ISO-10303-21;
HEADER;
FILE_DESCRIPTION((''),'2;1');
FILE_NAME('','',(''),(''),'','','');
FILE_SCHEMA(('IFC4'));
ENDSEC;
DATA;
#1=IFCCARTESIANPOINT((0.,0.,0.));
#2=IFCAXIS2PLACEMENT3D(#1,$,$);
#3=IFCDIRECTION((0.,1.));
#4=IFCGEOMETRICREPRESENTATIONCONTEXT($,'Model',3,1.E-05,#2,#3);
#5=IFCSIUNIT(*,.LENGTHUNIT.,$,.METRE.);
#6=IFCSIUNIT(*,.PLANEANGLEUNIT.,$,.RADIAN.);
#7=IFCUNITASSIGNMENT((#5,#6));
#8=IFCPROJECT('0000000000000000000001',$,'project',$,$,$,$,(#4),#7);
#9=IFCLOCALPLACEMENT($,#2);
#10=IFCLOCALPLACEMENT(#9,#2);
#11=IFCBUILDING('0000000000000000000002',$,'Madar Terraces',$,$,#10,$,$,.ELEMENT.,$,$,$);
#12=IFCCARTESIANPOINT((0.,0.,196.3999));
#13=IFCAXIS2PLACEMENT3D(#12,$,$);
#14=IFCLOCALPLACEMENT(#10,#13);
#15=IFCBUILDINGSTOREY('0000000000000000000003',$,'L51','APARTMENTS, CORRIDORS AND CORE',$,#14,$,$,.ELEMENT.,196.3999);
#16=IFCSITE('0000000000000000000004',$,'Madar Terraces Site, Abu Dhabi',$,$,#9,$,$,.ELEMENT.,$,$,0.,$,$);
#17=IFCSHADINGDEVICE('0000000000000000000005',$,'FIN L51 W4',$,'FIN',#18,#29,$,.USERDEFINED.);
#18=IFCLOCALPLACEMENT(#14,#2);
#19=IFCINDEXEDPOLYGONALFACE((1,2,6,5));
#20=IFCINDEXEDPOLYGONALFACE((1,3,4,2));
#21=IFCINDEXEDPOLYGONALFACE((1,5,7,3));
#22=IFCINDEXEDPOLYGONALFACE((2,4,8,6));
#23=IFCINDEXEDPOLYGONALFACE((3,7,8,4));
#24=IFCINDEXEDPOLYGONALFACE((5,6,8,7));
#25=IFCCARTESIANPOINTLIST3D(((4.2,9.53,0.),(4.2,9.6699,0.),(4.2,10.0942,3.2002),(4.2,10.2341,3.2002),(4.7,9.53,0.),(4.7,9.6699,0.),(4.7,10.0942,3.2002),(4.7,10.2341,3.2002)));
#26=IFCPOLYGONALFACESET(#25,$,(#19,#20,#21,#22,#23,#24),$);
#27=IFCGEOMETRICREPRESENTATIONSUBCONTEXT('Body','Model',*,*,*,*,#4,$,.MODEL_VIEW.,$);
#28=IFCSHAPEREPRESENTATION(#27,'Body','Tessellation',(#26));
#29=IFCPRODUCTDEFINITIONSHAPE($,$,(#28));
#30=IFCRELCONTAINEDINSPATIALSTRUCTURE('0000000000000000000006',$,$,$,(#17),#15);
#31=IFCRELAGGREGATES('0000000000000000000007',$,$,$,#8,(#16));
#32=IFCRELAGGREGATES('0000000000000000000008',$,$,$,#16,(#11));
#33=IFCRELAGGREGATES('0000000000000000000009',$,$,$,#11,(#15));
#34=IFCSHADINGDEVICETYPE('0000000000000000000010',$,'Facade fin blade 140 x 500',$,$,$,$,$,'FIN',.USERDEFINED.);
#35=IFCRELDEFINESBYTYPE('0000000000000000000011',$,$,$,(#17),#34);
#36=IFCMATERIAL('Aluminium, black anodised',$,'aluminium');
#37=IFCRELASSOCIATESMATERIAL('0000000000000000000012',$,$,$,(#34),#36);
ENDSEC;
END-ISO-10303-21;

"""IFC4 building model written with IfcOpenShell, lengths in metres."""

from ifc_helpers import new_model, si_unit, direction, frame, origin, place, context, subcontext, project, spatial, polyline, outline, extrude, material, type_object, element, save


model = new_model("IFC4")

# Units and contexts
model_context = context("Model", 3, precision=1e-05, world=origin(), true_north=direction((0.0, 1.0)))
body_context = subcontext(model_context, "Body", "Model", "MODEL_VIEW")
ifc_project = project(units=[si_unit("LENGTHUNIT", "METRE"), si_unit("PLANEANGLEUNIT", "RADIAN")], contexts=[model_context])

# Site, building, storey
site_placement = place(None, origin())
site = spatial("IfcSite", under=ifc_project, at=site_placement, Name="Madar Terraces Site, Abu Dhabi", CompositionType="ELEMENT", RefElevation=0.0)
building_placement = place(site_placement, origin())
building = spatial("IfcBuilding", under=site, at=building_placement, Name="Madar Terraces", CompositionType="ELEMENT")
storey_placement = place(building_placement, frame((0.0, 0.0, 196.3999)))
storey = spatial("IfcBuildingStorey", under=building, at=storey_placement, Name="L51", Description="APARTMENTS, CORRIDORS AND CORE", CompositionType="ELEMENT", Elevation=196.3999)

# Shading device
ifc_material_1 = material(Name="Aluminium, black anodised", Category="aluminium")
shading_device_type = type_object("IfcShadingDeviceType", Name="Facade fin blade 140 x 500", ElementType="FIN", PredefinedType="USERDEFINED", material=ifc_material_1)
shading_device_placement = place(storey_placement, frame((4.45, 9.6699, 0.0), z_axis=(0.0, 0.0, 1.0), x_axis=(0.0, -1.0, 0.0)))
element("IfcShadingDevice", 1, at=shading_device_placement, inside=storey, type_object=shading_device_type, Name="FIN L51 W4", ObjectType="FIN", PredefinedType="USERDEFINED", context=body_context, shape_type="SweptSolid", body=[
    extrude(outline(polyline([(0.0, 0.0), (0.1399, 0.0), (-0.4243, 3.2002), (-0.5642, 3.2002), (0.0, 0.0)])), frame((0.0, 0.25, 0.0), z_axis=(0.0, -1.0, 0.0), x_axis=(1.0, 0.0, 0.0)), (0.0, 0.0, 1.0), 0.5),
])

save(model, "model.ifc")
